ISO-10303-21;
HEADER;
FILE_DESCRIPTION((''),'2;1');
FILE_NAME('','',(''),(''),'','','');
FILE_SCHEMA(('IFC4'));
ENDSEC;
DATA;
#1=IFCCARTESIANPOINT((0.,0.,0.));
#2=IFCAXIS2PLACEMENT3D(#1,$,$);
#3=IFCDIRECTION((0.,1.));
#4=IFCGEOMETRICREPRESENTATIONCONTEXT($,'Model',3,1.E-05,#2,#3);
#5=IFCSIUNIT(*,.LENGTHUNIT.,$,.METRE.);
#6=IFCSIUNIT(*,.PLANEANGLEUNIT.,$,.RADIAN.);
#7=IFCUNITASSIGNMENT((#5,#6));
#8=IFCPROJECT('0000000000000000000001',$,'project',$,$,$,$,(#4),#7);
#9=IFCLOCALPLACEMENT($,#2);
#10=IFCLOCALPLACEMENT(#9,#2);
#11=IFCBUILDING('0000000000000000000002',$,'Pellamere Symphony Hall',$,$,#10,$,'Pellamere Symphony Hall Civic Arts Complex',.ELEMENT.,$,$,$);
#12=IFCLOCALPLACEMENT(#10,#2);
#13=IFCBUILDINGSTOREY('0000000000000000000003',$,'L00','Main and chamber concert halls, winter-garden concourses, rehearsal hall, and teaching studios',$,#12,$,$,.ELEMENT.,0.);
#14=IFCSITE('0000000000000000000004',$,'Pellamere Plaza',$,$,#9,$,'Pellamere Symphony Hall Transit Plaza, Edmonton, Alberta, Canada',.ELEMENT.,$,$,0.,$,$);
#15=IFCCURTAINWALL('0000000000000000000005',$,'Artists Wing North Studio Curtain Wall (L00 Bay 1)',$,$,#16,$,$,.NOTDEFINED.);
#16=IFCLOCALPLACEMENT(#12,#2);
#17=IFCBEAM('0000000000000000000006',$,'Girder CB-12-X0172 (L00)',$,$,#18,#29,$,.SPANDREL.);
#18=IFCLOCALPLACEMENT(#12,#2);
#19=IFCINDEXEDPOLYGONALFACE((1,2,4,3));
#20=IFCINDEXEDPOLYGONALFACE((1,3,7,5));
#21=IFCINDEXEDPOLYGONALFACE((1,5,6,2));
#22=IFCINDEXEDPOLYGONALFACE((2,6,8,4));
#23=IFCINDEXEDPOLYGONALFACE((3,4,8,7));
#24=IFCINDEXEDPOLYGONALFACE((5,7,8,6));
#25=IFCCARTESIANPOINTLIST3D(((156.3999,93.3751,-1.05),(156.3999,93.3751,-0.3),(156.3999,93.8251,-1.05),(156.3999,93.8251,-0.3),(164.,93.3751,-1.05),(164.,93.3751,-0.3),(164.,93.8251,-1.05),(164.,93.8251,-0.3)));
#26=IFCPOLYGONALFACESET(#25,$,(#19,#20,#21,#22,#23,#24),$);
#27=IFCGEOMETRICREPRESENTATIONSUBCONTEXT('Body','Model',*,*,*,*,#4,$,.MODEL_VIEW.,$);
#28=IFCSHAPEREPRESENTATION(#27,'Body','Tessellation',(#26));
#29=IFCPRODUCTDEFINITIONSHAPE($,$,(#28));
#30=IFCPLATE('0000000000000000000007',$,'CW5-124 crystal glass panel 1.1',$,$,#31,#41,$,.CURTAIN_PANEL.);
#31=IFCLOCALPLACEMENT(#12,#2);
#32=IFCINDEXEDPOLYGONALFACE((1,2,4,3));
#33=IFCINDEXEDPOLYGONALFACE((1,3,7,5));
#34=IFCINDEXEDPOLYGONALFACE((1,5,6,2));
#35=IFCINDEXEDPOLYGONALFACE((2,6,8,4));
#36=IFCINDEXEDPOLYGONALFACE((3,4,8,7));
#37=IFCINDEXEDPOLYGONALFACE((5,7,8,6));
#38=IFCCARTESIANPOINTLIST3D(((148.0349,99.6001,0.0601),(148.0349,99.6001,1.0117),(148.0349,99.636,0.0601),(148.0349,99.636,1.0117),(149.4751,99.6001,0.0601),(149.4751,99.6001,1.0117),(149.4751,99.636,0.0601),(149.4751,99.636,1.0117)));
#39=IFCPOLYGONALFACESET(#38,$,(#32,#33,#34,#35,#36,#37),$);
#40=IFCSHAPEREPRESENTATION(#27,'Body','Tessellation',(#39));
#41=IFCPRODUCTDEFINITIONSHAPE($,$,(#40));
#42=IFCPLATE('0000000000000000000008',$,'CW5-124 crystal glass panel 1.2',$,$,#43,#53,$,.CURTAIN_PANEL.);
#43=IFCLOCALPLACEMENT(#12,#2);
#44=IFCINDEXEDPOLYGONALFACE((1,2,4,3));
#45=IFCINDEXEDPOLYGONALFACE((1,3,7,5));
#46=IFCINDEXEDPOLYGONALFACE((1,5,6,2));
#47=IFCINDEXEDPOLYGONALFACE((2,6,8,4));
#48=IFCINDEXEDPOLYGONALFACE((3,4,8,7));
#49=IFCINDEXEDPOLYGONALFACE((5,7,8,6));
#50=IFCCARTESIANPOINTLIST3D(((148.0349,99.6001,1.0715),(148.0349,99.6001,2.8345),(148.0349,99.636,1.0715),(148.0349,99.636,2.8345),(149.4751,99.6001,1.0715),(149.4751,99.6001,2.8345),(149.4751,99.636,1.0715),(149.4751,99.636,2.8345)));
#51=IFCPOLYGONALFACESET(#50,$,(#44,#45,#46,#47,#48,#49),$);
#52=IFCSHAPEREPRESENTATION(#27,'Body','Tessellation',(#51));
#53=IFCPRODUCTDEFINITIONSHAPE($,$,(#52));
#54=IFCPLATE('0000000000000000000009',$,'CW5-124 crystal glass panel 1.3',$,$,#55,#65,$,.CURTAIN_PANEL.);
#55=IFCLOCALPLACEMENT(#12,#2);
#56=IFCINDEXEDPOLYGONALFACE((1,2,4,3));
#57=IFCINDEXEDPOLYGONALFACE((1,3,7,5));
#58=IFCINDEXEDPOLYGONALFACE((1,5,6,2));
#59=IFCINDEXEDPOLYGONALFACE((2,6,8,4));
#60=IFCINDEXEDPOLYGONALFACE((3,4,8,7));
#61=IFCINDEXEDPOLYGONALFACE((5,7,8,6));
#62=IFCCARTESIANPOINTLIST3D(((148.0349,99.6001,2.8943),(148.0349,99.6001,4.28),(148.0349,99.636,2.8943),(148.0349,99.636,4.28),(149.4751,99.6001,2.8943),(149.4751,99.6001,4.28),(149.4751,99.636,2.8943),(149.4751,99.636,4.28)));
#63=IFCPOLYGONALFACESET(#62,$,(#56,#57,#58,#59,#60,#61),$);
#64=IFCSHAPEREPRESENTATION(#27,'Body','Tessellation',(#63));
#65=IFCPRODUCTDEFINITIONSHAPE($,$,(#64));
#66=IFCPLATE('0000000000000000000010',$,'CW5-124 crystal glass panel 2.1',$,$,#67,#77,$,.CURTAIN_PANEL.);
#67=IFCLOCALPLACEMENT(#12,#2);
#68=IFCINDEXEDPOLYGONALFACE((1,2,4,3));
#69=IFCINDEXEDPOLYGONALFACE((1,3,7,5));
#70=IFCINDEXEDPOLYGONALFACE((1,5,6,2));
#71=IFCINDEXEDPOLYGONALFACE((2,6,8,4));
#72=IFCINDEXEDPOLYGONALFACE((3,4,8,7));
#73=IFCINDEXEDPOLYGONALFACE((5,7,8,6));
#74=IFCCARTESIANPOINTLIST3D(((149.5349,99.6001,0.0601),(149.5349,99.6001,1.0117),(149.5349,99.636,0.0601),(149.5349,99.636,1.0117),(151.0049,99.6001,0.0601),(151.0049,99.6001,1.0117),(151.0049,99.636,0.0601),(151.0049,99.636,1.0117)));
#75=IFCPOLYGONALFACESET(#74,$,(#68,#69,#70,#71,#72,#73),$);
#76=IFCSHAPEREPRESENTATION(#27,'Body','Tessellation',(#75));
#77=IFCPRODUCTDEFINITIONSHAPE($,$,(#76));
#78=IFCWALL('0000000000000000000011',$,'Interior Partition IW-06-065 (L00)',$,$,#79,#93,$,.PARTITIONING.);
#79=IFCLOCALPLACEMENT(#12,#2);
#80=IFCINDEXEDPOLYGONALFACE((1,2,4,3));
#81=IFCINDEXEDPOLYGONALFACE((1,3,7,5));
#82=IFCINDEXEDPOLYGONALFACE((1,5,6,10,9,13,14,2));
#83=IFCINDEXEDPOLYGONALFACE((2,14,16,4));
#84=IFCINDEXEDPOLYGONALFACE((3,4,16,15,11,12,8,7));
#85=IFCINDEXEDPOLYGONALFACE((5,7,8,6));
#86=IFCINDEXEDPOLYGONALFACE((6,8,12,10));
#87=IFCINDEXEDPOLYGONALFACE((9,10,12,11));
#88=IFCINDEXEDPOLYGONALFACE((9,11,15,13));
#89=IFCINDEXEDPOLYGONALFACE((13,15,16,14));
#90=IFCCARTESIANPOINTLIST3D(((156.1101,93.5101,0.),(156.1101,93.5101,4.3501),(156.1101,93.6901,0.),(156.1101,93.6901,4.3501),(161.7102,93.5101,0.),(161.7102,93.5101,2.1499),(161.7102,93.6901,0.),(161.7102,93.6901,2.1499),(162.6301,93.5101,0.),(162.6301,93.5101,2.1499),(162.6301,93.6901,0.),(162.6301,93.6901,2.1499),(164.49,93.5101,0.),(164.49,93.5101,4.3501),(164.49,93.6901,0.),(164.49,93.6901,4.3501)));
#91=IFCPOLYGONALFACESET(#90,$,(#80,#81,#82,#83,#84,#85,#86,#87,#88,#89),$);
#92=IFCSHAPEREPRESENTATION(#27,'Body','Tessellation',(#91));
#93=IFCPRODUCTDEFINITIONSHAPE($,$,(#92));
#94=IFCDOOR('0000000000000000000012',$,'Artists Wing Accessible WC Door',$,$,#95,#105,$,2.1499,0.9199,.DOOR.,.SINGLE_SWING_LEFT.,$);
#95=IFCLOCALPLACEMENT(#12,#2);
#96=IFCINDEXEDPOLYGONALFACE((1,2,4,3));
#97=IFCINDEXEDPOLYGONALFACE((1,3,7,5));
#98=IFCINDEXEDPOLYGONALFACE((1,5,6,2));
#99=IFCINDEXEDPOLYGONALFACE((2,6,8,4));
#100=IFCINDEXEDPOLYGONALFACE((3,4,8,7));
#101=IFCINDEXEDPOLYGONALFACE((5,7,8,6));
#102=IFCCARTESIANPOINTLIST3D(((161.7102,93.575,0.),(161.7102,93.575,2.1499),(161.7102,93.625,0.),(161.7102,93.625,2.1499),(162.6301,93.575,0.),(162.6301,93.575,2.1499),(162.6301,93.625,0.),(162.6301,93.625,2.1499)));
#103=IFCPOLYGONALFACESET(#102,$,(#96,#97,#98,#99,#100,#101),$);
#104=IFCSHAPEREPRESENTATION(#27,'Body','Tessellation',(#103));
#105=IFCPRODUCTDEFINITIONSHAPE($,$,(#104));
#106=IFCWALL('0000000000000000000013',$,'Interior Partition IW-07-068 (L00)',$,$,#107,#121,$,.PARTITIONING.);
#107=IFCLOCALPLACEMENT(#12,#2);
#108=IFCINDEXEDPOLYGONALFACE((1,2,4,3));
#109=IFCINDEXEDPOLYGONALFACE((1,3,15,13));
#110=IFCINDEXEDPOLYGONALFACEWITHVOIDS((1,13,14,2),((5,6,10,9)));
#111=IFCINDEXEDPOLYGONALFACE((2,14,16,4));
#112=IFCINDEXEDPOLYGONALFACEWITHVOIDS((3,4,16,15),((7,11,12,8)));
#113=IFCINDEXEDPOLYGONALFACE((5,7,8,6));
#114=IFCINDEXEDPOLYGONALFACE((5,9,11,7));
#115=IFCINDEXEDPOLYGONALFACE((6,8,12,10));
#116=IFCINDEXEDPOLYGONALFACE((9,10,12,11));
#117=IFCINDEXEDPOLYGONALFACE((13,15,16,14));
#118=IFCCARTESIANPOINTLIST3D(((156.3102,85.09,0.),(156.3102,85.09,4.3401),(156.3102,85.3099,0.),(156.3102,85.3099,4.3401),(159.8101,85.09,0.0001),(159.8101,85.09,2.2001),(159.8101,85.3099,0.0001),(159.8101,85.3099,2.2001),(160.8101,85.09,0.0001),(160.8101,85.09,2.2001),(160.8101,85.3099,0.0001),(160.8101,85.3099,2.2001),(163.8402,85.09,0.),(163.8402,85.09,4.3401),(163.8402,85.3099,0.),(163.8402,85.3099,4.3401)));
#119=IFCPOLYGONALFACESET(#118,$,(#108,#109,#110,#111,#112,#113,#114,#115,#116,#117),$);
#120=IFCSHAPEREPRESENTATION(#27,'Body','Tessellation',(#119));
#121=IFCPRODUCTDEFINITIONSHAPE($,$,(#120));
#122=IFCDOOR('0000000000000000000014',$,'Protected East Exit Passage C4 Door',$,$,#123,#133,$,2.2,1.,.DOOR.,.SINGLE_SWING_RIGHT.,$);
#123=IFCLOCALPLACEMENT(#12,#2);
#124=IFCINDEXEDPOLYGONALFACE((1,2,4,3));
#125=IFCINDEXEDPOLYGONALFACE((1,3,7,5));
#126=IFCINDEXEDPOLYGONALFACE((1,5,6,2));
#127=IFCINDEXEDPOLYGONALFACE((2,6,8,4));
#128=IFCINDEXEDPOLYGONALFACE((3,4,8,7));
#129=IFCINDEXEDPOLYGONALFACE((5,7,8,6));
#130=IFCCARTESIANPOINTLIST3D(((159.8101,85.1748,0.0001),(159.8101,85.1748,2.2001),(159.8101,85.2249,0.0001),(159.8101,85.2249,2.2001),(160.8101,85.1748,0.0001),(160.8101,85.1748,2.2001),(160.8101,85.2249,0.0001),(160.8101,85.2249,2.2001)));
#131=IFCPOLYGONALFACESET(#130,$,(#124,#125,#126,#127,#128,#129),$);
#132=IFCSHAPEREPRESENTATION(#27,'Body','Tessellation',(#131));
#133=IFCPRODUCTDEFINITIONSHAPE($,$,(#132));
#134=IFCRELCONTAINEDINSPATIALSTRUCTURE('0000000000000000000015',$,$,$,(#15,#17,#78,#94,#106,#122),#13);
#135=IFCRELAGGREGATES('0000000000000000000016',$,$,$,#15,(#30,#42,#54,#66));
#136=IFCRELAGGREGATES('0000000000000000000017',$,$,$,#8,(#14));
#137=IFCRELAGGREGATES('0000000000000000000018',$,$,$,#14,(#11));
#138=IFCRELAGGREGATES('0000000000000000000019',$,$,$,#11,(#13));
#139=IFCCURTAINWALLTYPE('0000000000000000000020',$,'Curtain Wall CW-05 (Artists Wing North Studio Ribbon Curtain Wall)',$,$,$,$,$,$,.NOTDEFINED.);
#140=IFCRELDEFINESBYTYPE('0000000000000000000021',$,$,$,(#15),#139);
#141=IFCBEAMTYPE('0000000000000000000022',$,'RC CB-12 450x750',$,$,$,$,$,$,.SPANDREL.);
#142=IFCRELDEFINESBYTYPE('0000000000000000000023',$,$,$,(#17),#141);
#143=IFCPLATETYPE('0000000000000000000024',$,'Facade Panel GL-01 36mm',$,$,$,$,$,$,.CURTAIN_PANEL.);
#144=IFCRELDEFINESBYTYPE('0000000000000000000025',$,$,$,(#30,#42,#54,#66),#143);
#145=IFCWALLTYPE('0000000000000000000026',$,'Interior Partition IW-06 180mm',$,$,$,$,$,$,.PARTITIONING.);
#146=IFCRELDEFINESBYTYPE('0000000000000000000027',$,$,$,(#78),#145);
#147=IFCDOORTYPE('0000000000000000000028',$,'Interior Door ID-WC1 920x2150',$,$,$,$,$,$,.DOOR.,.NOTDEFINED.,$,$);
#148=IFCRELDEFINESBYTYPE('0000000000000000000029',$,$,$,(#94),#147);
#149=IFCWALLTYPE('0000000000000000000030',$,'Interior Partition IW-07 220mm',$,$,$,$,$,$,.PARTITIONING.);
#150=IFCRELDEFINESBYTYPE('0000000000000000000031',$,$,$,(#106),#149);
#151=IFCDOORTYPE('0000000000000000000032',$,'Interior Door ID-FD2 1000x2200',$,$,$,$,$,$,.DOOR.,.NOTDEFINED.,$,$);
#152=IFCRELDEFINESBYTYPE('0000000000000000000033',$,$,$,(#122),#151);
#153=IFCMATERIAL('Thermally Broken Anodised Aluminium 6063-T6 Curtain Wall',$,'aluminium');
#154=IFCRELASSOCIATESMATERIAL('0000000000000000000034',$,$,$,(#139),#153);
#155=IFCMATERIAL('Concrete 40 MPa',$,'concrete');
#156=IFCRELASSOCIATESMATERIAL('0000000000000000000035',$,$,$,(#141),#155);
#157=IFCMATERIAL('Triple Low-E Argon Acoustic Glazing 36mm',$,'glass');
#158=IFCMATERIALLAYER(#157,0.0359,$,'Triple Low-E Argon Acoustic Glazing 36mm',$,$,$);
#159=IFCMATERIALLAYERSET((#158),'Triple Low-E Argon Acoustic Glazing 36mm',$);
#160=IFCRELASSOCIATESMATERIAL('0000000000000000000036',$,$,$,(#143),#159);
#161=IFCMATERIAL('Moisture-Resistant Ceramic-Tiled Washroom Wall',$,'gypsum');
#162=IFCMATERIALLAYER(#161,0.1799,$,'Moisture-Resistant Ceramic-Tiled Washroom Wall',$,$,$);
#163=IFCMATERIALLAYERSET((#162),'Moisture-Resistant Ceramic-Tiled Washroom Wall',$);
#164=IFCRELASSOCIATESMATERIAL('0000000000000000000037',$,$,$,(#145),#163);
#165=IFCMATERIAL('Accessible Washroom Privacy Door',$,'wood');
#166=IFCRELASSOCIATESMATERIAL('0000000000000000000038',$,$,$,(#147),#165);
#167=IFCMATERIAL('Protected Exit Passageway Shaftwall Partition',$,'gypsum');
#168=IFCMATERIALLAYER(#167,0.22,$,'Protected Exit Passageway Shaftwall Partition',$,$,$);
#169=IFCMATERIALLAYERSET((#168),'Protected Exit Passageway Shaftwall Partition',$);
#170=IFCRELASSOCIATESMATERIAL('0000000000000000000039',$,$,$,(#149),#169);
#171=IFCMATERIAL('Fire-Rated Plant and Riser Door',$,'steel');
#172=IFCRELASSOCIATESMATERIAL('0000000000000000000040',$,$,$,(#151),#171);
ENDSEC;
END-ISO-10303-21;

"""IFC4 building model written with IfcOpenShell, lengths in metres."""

from ifc_helpers import new_model, si_unit, direction, frame, frame_2d, origin, origin_2d, place, context, subcontext, project, spatial, polyline, rectangle, outline, extrude, material, layer, layer_set, material_profile, profile_set, type_object, element, fill, aggregate, save


model = new_model("IFC4")

# Units and contexts
model_context = context("Model", 3, precision=1e-05, world=origin(), true_north=direction((0.0, 1.0)))
body_context = subcontext(model_context, "Body", "Model", "MODEL_VIEW")
ifc_project = project(units=[si_unit("LENGTHUNIT", "METRE"), si_unit("PLANEANGLEUNIT", "RADIAN")], contexts=[model_context])

# Site, building, storey
site_placement = place(None, origin())
site = spatial("IfcSite", under=ifc_project, at=site_placement, Name="Pellamere Plaza", LongName="Pellamere Symphony Hall Transit Plaza, Edmonton, Alberta, Canada", CompositionType="ELEMENT", RefElevation=0.0)
building_placement = place(site_placement, origin())
building = spatial("IfcBuilding", under=site, at=building_placement, Name="Pellamere Symphony Hall", LongName="Pellamere Symphony Hall Civic Arts Complex", CompositionType="ELEMENT")
storey_placement = place(building_placement, origin())
storey = spatial("IfcBuildingStorey", under=building, at=storey_placement, Name="L00", Description="Main and chamber concert halls, winter-garden concourses, rehearsal hall, and teaching studios", CompositionType="ELEMENT", Elevation=0.0)

# Shared definitions
ifc_material_1 = material(Name="Concrete 40 MPa", Category="concrete")

# Curtain wall
ifc_material_2 = material(Name="Thermally Broken Anodised Aluminium 6063-T6 Curtain Wall", Category="aluminium")
curtain_wall_type = type_object("IfcCurtainWallType", Name="Curtain Wall CW-05 (Artists Wing North Studio Ribbon Curtain Wall)", PredefinedType="NOTDEFINED", material=ifc_material_2)
curtain_wall_placement = place(storey_placement, origin())
curtain_wall = element("IfcCurtainWall", 1, at=curtain_wall_placement, inside=storey, type_object=curtain_wall_type, Name="Artists Wing North Studio Curtain Wall (L00 Bay 1)", PredefinedType="NOTDEFINED")

# Beam
ifc_material_profile_1 = material_profile(ifc_material_1, rectangle(XDim=0.45, YDim=0.75, at=origin_2d()), Name="RC 450x750")
ifc_profile_set_1 = profile_set([ifc_material_profile_1], Name="Concrete 40 MPa")
beam_type_1 = type_object("IfcBeamType", Name="RC CB-12 450x750", PredefinedType="SPANDREL", material=ifc_profile_set_1)
beam_1_placement = place(storey_placement, frame((156.3999, 93.6001, -0.675), z_axis=(1.0, 0.0, 0.0), x_axis=(0.0, 1.0, 0.0)))
element("IfcBeam", 2, at=beam_1_placement, inside=storey, type_object=beam_type_1, Name="Girder CB-12-X0172 (L00)", PredefinedType="SPANDREL", context=body_context, shape_type="SweptSolid", body=[
    extrude(rectangle(XDim=0.45, YDim=0.75, at=origin_2d()), origin(), (0.0, 0.0, 1.0), 7.6001),
])

# Plates
ifc_material_3 = material(Name="Triple Low-E Argon Acoustic Glazing 36mm", Category="glass")
ifc_layer_1 = layer(ifc_material_3, 0.0359, Name="Triple Low-E Argon Acoustic Glazing 36mm")
ifc_layer_set_1 = layer_set([ifc_layer_1], Name="Triple Low-E Argon Acoustic Glazing 36mm")
plate_type = type_object("IfcPlateType", Name="Facade Panel GL-01 36mm", PredefinedType="CURTAIN_PANEL", material=ifc_layer_set_1)
plate_1_placement = place(storey_placement, frame((148.0349, 99.6001, 0.0601), z_axis=(0.0, -1.0, 0.0), x_axis=(1.0, 0.0, 0.0)))
plate_1 = element("IfcPlate", 3, at=plate_1_placement, type_object=plate_type, Name="CW5-124 crystal glass panel 1.1", PredefinedType="CURTAIN_PANEL", context=body_context, shape_type="SweptSolid", body=[
    extrude(outline(polyline([(0.0, 0.0), (1.4402, 0.0), (1.4402, 0.9517), (0.0, 0.9517), (0.0, 0.0)])), origin(), (0.0, 0.0, -1.0), 0.0359),
])
plate_2_placement = place(storey_placement, frame((148.0349, 99.6001, 1.0715), z_axis=(0.0, -1.0, 0.0), x_axis=(1.0, 0.0, 0.0)))
plate_2 = element("IfcPlate", 4, at=plate_2_placement, type_object=plate_type, Name="CW5-124 crystal glass panel 1.2", PredefinedType="CURTAIN_PANEL", context=body_context, shape_type="SweptSolid", body=[
    extrude(outline(polyline([(0.0, 0.0), (1.4402, 0.0), (1.4402, 1.7629), (0.0, 1.7629), (0.0, 0.0)])), origin(), (0.0, 0.0, -1.0), 0.0359),
])
plate_3_placement = place(storey_placement, frame((148.0349, 99.6001, 2.8943), z_axis=(0.0, -1.0, 0.0), x_axis=(1.0, 0.0, 0.0)))
plate_3 = element("IfcPlate", 5, at=plate_3_placement, type_object=plate_type, Name="CW5-124 crystal glass panel 1.3", PredefinedType="CURTAIN_PANEL", context=body_context, shape_type="SweptSolid", body=[
    extrude(outline(polyline([(0.0, 0.0), (1.4402, 0.0), (1.4402, 1.3857), (0.0, 1.3857), (0.0, 0.0)])), origin(), (0.0, 0.0, -1.0), 0.0359),
])
plate_4_placement = place(storey_placement, frame((149.5349, 99.6001, 0.0601), z_axis=(0.0, -1.0, 0.0), x_axis=(1.0, 0.0, 0.0)))
plate_4 = element("IfcPlate", 6, at=plate_4_placement, type_object=plate_type, Name="CW5-124 crystal glass panel 2.1", PredefinedType="CURTAIN_PANEL", context=body_context, shape_type="SweptSolid", body=[
    extrude(outline(polyline([(0.0, 0.0), (1.47, 0.0), (1.47, 0.9517), (0.0, 0.9517), (0.0, 0.0)])), origin(), (0.0, 0.0, -1.0), 0.0359),
])
aggregate(curtain_wall, [plate_1, plate_2, plate_3, plate_4])

# Walls, openings, doors
ifc_material_4 = material(Name="Moisture-Resistant Ceramic-Tiled Washroom Wall", Category="gypsum")
ifc_layer_2 = layer(ifc_material_4, 0.1799, Name="Moisture-Resistant Ceramic-Tiled Washroom Wall")
ifc_layer_set_2 = layer_set([ifc_layer_2], Name="Moisture-Resistant Ceramic-Tiled Washroom Wall")
wall_type_1 = type_object("IfcWallType", Name="Interior Partition IW-06 180mm", PredefinedType="PARTITIONING", material=ifc_layer_set_2)
wall_1_placement = place(storey_placement, frame((156.1101, 93.6001, 0.0), z_axis=(0.0, 0.0, 1.0), x_axis=(1.0, 0.0, 0.0)))
wall_1 = element("IfcWall", 7, at=wall_1_placement, inside=storey, type_object=wall_type_1, Name="Interior Partition IW-06-065 (L00)", PredefinedType="PARTITIONING", context=body_context, shape_type="SweptSolid", body=[
    extrude(rectangle(XDim=8.3799, YDim=0.1799, at=frame_2d((4.1899, 0.0))), origin(), (0.0, 0.0, 1.0), 4.3501),
])
opening_1_placement = place(wall_1_placement, frame((5.6001, 0.0, 0.0)))
opening_1 = element("IfcOpeningElement", 8, at=opening_1_placement, cuts=wall_1, PredefinedType="OPENING", context=body_context, shape_type="SweptSolid", body=[
    extrude(rectangle(XDim=0.9199, YDim=2.1499, at=frame_2d((0.46, 1.075))), frame((0.0, 0.0999, 0.0), z_axis=(0.0, -1.0, 0.0), x_axis=(1.0, 0.0, 0.0)), (0.0, 0.0, 1.0), 0.2),
])
ifc_material_5 = material(Name="Accessible Washroom Privacy Door", Category="wood")
door_type_1 = type_object("IfcDoorType", Name="Interior Door ID-WC1 920x2150", OperationType="NOTDEFINED", PredefinedType="DOOR", material=ifc_material_5)
door_1_placement = place(opening_1_placement, origin())
door_1 = element("IfcDoor", 9, at=door_1_placement, inside=storey, type_object=door_type_1, Name="Artists Wing Accessible WC Door", OperationType="SINGLE_SWING_LEFT", OverallHeight=2.1499, OverallWidth=0.9199, PredefinedType="DOOR", context=body_context, shape_type="SweptSolid", body=[
    extrude(rectangle(XDim=0.9199, YDim=2.1499, at=frame_2d((0.46, 1.075))), frame((0.0, 0.0249, 0.0), z_axis=(0.0, -1.0, 0.0), x_axis=(1.0, 0.0, 0.0)), (0.0, 0.0, 1.0), 0.05),
])
fill(opening_1, door_1)
ifc_material_6 = material(Name="Protected Exit Passageway Shaftwall Partition", Category="gypsum")
ifc_layer_3 = layer(ifc_material_6, 0.22, Name="Protected Exit Passageway Shaftwall Partition")
ifc_layer_set_3 = layer_set([ifc_layer_3], Name="Protected Exit Passageway Shaftwall Partition")
wall_type_2 = type_object("IfcWallType", Name="Interior Partition IW-07 220mm", PredefinedType="PARTITIONING", material=ifc_layer_set_3)
wall_2_placement = place(storey_placement, frame((156.3101, 85.2, 0.0), z_axis=(0.0, 0.0, 1.0), x_axis=(1.0, 0.0, 0.0)))
wall_2 = element("IfcWall", 10, at=wall_2_placement, inside=storey, type_object=wall_type_2, Name="Interior Partition IW-07-068 (L00)", PredefinedType="PARTITIONING", context=body_context, shape_type="SweptSolid", body=[
    extrude(rectangle(XDim=7.53, YDim=0.22, at=frame_2d((3.7651, 0.0))), origin(), (0.0, 0.0, 1.0), 4.3401),
])
opening_2_placement = place(wall_2_placement, frame((3.5, 0.0, 0.0)))
opening_2 = element("IfcOpeningElement", 11, at=opening_2_placement, cuts=wall_2, PredefinedType="OPENING", context=body_context, shape_type="SweptSolid", body=[
    extrude(rectangle(XDim=1.0, YDim=2.2, at=frame_2d((0.5, 1.1001))), frame((0.0, 0.1199, 0.0), z_axis=(0.0, -1.0, 0.0), x_axis=(1.0, 0.0, 0.0)), (0.0, 0.0, 1.0), 0.24),
])
ifc_material_7 = material(Name="Fire-Rated Plant and Riser Door", Category="steel")
door_type_2 = type_object("IfcDoorType", Name="Interior Door ID-FD2 1000x2200", OperationType="NOTDEFINED", PredefinedType="DOOR", material=ifc_material_7)
door_2_placement = place(opening_2_placement, origin())
door_2 = element("IfcDoor", 12, at=door_2_placement, inside=storey, type_object=door_type_2, Name="Protected East Exit Passage C4 Door", OperationType="SINGLE_SWING_RIGHT", OverallHeight=2.2, OverallWidth=1.0, PredefinedType="DOOR", context=body_context, shape_type="SweptSolid", body=[
    extrude(rectangle(XDim=1.0, YDim=2.2, at=frame_2d((0.5, 1.1001))), frame((0.0, 0.0249, 0.0), z_axis=(0.0, -1.0, 0.0), x_axis=(1.0, 0.0, 0.0)), (0.0, 0.0, 1.0), 0.05),
])
fill(opening_2, door_2)

save(model, "model.ifc")
